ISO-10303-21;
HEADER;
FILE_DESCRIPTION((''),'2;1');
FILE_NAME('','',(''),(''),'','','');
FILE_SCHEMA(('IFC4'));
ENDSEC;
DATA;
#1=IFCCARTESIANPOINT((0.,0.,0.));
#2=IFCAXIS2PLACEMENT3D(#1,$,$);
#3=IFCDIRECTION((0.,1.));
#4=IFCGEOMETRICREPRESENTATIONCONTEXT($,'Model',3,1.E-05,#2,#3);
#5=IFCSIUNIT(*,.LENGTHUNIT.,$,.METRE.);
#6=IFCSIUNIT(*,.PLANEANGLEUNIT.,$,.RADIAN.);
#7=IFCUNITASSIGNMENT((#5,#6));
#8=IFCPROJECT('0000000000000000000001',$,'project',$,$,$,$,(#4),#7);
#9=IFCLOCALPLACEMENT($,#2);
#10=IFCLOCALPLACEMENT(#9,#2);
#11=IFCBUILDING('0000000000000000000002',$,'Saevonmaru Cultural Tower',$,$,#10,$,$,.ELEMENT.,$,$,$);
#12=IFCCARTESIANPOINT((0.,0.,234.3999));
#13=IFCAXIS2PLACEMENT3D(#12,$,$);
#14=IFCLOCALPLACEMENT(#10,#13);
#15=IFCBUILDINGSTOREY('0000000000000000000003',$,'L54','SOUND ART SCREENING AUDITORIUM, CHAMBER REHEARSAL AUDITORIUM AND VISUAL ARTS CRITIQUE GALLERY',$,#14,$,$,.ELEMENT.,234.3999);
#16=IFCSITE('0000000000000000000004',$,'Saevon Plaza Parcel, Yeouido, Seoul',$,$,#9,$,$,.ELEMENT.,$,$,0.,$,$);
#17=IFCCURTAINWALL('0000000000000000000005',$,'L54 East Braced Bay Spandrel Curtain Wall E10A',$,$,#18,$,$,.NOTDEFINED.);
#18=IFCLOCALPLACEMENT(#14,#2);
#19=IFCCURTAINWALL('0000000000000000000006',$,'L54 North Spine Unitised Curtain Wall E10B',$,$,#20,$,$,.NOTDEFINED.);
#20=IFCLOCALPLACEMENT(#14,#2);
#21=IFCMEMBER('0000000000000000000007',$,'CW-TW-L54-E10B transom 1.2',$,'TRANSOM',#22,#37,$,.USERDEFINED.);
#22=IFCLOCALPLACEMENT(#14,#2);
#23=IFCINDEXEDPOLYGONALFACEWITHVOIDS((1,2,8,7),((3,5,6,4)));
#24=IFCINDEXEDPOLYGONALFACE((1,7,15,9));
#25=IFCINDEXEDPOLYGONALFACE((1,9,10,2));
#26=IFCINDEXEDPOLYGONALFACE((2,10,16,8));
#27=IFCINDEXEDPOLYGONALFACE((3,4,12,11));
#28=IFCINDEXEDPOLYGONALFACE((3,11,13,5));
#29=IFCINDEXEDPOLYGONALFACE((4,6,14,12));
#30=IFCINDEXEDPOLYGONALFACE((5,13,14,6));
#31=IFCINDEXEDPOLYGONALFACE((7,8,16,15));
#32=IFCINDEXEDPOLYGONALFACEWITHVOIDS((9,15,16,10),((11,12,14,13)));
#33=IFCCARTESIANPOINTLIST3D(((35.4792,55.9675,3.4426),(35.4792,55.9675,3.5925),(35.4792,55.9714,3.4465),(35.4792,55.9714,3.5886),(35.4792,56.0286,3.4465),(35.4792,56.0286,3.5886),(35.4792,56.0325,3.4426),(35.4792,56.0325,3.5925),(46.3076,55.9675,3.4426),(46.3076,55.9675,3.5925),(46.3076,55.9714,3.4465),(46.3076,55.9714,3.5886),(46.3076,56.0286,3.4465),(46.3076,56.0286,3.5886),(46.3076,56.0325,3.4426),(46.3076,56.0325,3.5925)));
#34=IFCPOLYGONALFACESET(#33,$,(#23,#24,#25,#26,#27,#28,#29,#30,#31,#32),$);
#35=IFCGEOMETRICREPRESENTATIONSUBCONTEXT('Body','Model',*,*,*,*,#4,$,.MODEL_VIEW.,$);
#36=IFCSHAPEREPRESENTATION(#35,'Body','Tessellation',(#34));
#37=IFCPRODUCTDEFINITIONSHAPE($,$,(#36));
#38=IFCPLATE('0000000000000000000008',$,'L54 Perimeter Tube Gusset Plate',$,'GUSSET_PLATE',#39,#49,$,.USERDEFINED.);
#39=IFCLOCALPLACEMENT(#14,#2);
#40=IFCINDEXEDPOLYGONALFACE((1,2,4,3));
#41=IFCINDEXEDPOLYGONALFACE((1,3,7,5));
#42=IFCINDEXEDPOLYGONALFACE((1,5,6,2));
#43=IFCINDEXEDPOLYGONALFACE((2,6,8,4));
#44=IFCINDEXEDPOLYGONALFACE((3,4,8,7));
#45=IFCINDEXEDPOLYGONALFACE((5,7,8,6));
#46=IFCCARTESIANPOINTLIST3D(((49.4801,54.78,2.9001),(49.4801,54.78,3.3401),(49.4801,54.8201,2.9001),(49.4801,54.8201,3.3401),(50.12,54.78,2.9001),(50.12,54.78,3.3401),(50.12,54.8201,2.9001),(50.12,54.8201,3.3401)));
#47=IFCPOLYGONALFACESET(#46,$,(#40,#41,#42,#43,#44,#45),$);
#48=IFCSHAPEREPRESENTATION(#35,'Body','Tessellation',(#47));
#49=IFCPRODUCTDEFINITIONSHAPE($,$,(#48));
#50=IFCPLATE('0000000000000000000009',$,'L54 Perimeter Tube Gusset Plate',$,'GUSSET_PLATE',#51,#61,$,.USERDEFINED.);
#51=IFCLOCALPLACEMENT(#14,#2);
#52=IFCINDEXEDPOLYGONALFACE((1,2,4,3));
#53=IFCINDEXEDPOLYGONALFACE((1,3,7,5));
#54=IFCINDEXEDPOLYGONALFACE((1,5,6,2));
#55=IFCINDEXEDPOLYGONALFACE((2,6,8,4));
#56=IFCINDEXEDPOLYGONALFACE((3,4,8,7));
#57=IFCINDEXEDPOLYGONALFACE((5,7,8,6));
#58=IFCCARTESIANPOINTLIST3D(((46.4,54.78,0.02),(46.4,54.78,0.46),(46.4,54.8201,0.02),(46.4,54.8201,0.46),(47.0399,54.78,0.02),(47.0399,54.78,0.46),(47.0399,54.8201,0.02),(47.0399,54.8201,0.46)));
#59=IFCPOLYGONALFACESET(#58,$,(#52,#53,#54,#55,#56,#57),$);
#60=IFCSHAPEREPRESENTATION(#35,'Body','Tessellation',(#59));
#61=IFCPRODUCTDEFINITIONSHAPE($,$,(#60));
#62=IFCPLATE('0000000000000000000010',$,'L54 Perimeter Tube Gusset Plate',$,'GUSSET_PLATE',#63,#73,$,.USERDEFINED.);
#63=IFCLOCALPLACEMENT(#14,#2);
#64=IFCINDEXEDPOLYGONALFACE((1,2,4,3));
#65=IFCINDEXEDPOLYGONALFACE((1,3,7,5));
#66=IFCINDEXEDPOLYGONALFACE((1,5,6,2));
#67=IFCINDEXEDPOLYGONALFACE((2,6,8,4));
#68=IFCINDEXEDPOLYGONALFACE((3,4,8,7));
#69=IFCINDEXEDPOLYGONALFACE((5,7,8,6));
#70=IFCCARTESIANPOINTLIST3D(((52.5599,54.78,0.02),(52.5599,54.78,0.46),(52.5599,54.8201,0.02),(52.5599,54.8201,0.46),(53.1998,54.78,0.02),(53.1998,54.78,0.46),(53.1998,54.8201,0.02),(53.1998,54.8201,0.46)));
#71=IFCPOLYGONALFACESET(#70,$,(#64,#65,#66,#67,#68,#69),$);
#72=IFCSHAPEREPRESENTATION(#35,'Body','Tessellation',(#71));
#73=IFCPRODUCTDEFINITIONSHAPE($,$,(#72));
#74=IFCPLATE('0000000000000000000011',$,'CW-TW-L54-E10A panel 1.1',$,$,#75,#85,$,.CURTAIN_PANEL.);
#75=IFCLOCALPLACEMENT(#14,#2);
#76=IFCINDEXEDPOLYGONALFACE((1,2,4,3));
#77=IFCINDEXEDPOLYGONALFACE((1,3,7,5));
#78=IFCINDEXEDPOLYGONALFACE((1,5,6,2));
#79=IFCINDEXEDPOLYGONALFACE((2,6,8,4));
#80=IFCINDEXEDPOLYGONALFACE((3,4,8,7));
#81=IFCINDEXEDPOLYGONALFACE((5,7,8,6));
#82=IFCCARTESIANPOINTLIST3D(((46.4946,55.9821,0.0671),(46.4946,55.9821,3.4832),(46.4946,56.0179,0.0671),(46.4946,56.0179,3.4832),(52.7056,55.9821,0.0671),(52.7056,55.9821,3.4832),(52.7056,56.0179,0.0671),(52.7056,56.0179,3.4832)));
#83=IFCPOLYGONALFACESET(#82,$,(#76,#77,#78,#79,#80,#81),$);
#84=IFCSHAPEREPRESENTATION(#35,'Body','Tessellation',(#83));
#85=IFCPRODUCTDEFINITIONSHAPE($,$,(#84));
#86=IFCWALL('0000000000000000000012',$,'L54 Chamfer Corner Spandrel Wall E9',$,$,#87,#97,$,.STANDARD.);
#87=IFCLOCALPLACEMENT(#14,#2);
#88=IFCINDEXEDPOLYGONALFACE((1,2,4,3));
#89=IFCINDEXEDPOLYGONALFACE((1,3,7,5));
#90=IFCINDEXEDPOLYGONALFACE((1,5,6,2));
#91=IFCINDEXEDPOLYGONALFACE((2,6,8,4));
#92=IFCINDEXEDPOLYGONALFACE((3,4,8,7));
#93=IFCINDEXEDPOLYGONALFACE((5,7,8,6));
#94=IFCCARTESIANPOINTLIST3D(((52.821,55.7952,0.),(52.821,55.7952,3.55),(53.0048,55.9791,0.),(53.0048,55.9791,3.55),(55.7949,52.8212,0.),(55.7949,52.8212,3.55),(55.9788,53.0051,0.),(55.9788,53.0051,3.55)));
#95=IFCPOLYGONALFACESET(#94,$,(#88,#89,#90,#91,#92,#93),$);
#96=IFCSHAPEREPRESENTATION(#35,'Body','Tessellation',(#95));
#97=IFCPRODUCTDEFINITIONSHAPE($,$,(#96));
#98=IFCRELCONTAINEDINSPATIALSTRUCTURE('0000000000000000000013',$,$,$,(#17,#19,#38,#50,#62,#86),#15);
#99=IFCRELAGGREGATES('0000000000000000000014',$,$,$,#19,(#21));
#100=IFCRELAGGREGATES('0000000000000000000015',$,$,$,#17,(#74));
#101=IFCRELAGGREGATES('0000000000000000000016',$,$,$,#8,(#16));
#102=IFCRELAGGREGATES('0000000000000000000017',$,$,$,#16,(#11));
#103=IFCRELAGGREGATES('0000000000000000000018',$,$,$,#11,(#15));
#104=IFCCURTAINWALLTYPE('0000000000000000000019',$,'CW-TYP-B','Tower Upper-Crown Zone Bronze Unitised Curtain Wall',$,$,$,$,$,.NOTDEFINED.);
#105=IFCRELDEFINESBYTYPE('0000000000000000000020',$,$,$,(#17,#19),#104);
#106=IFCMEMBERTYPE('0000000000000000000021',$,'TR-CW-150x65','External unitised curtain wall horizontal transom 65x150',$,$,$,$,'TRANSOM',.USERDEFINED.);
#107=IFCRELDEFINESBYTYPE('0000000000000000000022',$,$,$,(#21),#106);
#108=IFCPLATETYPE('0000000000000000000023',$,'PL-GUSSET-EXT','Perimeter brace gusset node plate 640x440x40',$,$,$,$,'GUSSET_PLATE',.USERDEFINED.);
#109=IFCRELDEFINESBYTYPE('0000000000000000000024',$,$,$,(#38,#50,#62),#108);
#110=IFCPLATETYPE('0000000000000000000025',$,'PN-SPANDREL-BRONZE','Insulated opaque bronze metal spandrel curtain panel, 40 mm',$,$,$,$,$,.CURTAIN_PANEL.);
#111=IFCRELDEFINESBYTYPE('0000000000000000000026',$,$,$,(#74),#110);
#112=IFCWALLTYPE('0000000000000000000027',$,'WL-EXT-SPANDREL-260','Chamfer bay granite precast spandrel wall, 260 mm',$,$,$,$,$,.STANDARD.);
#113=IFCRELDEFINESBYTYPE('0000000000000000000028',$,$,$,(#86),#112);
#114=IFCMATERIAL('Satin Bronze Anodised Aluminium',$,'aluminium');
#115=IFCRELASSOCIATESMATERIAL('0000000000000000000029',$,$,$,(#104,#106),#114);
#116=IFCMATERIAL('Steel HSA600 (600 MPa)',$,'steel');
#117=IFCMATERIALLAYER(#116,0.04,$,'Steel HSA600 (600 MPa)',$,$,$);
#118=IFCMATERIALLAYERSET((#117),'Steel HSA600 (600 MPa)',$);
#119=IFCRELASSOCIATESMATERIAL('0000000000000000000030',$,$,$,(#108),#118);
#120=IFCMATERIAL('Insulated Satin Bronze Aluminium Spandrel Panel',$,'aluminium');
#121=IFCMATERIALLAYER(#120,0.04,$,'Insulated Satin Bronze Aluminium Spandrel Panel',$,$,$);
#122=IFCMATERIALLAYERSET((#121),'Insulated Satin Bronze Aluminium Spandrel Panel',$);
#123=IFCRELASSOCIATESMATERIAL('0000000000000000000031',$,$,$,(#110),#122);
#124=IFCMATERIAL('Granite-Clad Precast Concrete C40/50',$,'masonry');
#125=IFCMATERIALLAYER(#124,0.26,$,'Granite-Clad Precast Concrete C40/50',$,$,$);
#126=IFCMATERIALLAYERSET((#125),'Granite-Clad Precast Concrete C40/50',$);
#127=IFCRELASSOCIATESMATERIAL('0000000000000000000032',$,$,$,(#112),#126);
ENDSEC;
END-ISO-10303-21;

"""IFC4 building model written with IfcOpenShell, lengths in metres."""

from ifc_helpers import new_model, si_unit, direction, frame, frame_2d, origin, origin_2d, place, context, subcontext, project, spatial, rectangle, hollow_rectangle, extrude, material, layer, layer_set, material_profile, profile_set, type_object, element, aggregate, save


model = new_model("IFC4")

# Units and contexts
model_context = context("Model", 3, precision=1e-05, world=origin(), true_north=direction((0.0, 1.0)))
body_context = subcontext(model_context, "Body", "Model", "MODEL_VIEW")
ifc_project = project(units=[si_unit("LENGTHUNIT", "METRE"), si_unit("PLANEANGLEUNIT", "RADIAN")], contexts=[model_context])

# Site, building, storey
site_placement = place(None, origin())
site = spatial("IfcSite", under=ifc_project, at=site_placement, Name="Saevon Plaza Parcel, Yeouido, Seoul", CompositionType="ELEMENT", RefElevation=0.0)
building_placement = place(site_placement, origin())
building = spatial("IfcBuilding", under=site, at=building_placement, Name="Saevonmaru Cultural Tower", CompositionType="ELEMENT")
storey_placement = place(building_placement, frame((0.0, 0.0, 234.3999)))
storey = spatial("IfcBuildingStorey", under=building, at=storey_placement, Name="L54", Description="SOUND ART SCREENING AUDITORIUM, CHAMBER REHEARSAL AUDITORIUM AND VISUAL ARTS CRITIQUE GALLERY", CompositionType="ELEMENT", Elevation=234.3999)

# Shared definitions
ifc_material_1 = material(Name="Satin Bronze Anodised Aluminium", Category="aluminium")
curtain_wall_type = type_object("IfcCurtainWallType", Name="CW-TYP-B", Description="Tower Upper-Crown Zone Bronze Unitised Curtain Wall", PredefinedType="NOTDEFINED", material=ifc_material_1)

# Curtain wall
curtain_wall_1_placement = place(storey_placement, origin())
curtain_wall_1 = element("IfcCurtainWall", 1, at=curtain_wall_1_placement, inside=storey, type_object=curtain_wall_type, Name="L54 East Braced Bay Spandrel Curtain Wall E10A", PredefinedType="NOTDEFINED")

# Curtain wall
curtain_wall_2_placement = place(storey_placement, origin())
curtain_wall_2 = element("IfcCurtainWall", 2, at=curtain_wall_2_placement, inside=storey, type_object=curtain_wall_type, Name="L54 North Spine Unitised Curtain Wall E10B", PredefinedType="NOTDEFINED")

# Member
ifc_material_profile_1 = material_profile(ifc_material_1, hollow_rectangle(XDim=0.0649, YDim=0.1499, WallThickness=0.0039, at=origin_2d()), Name="ALU-TRAN-150x65x4")
ifc_profile_set_1 = profile_set([ifc_material_profile_1], Name="Satin Bronze Anodised Aluminium")
member_type_1 = type_object("IfcMemberType", Name="TR-CW-150x65", Description="External unitised curtain wall horizontal transom 65x150", ElementType="TRANSOM", PredefinedType="USERDEFINED", material=ifc_profile_set_1)
member_1_placement = place(storey_placement, frame((46.3076, 56.0, 3.5176), z_axis=(-1.0, 0.0, 0.0), x_axis=(0.0, -1.0, 0.0)))
member_1 = element("IfcMember", 3, at=member_1_placement, type_object=member_type_1, Name="CW-TW-L54-E10B transom 1.2", ObjectType="TRANSOM", PredefinedType="USERDEFINED", context=body_context, shape_type="SweptSolid", body=[
    extrude(hollow_rectangle(XDim=0.0649, YDim=0.1499, WallThickness=0.0039, at=origin_2d()), origin(), (0.0, 0.0, 1.0), 10.8284),
])
aggregate(curtain_wall_2, [member_1])

# Plates
ifc_material_2 = material(Name="Steel HSA600 (600 MPa)", Category="steel")
ifc_layer_1 = layer(ifc_material_2, 0.04, Name="Steel HSA600 (600 MPa)")
ifc_layer_set_1 = layer_set([ifc_layer_1], Name="Steel HSA600 (600 MPa)")
plate_type_1 = type_object("IfcPlateType", Name="PL-GUSSET-EXT", Description="Perimeter brace gusset node plate 640x440x40", ElementType="GUSSET_PLATE", PredefinedType="USERDEFINED", material=ifc_layer_set_1)
for number, where, z_axis, x_axis, name in (
    (4, (49.8, 54.8, 2.9001), (0.0, 0.0, 1.0), (1.0, 0.0, 0.0), "L54 Perimeter Tube Gusset Plate"),
    (5, (46.72, 54.8, 0.02), (0.0, 0.0, 1.0), (1.0, 0.0, 0.0), "L54 Perimeter Tube Gusset Plate"),
    (6, (52.8799, 54.8, 0.02), (0.0, 0.0, 1.0), (1.0, 0.0, 0.0), "L54 Perimeter Tube Gusset Plate"),
):
    element("IfcPlate", number, at=place(storey_placement, frame(where, z_axis=z_axis, x_axis=x_axis)), inside=storey, type_object=plate_type_1, Name=name, ObjectType="GUSSET_PLATE", PredefinedType="USERDEFINED", context=body_context, shape_type="SweptSolid", body=[
        extrude(rectangle(XDim=0.6399, YDim=0.04, at=origin_2d()), origin(), (0.0, 0.0, 1.0), 0.4399),
    ])

# Plate
ifc_material_3 = material(Name="Insulated Satin Bronze Aluminium Spandrel Panel", Category="aluminium")
ifc_layer_2 = layer(ifc_material_3, 0.04, Name="Insulated Satin Bronze Aluminium Spandrel Panel")
ifc_layer_set_2 = layer_set([ifc_layer_2], Name="Insulated Satin Bronze Aluminium Spandrel Panel")
plate_type_2 = type_object("IfcPlateType", Name="PN-SPANDREL-BRONZE", Description="Insulated opaque bronze metal spandrel curtain panel, 40 mm", PredefinedType="CURTAIN_PANEL", material=ifc_layer_set_2)
plate_placement = place(storey_placement, frame((49.6001, 56.0, 0.0671), z_axis=(0.0, 0.0, 1.0), x_axis=(-1.0, 0.0, 0.0)))
plate = element("IfcPlate", 7, at=plate_placement, type_object=plate_type_2, Name="CW-TW-L54-E10A panel 1.1", PredefinedType="CURTAIN_PANEL", context=body_context, shape_type="SweptSolid", body=[
    extrude(rectangle(XDim=6.2109, YDim=0.0359, at=origin_2d()), origin(), (0.0, 0.0, 1.0), 3.416),
])
aggregate(curtain_wall_1, [plate])

# Wall
ifc_material_4 = material(Name="Granite-Clad Precast Concrete C40/50", Category="masonry")
ifc_layer_3 = layer(ifc_material_4, 0.26, Name="Granite-Clad Precast Concrete C40/50")
ifc_layer_set_3 = layer_set([ifc_layer_3], Name="Granite-Clad Precast Concrete C40/50")
wall_type_1 = type_object("IfcWallType", Name="WL-EXT-SPANDREL-260", Description="Chamfer bay granite precast spandrel wall, 260 mm", PredefinedType="STANDARD", material=ifc_layer_set_3)
wall_1_placement = place(storey_placement, frame((55.887, 52.9131, 0.0), z_axis=(0.0, 0.0, 1.0), x_axis=(-0.707107, 0.707107, 0.0)))
element("IfcWall", 8, at=wall_1_placement, inside=storey, type_object=wall_type_1, Name="L54 Chamfer Corner Spandrel Wall E9", PredefinedType="STANDARD", context=body_context, shape_type="SweptSolid", body=[
    extrude(rectangle(XDim=4.2058, YDim=0.26, at=frame_2d((2.103, 0.0))), origin(), (0.0, 0.0, 1.0), 3.55),
])

save(model, "model.ifc")
